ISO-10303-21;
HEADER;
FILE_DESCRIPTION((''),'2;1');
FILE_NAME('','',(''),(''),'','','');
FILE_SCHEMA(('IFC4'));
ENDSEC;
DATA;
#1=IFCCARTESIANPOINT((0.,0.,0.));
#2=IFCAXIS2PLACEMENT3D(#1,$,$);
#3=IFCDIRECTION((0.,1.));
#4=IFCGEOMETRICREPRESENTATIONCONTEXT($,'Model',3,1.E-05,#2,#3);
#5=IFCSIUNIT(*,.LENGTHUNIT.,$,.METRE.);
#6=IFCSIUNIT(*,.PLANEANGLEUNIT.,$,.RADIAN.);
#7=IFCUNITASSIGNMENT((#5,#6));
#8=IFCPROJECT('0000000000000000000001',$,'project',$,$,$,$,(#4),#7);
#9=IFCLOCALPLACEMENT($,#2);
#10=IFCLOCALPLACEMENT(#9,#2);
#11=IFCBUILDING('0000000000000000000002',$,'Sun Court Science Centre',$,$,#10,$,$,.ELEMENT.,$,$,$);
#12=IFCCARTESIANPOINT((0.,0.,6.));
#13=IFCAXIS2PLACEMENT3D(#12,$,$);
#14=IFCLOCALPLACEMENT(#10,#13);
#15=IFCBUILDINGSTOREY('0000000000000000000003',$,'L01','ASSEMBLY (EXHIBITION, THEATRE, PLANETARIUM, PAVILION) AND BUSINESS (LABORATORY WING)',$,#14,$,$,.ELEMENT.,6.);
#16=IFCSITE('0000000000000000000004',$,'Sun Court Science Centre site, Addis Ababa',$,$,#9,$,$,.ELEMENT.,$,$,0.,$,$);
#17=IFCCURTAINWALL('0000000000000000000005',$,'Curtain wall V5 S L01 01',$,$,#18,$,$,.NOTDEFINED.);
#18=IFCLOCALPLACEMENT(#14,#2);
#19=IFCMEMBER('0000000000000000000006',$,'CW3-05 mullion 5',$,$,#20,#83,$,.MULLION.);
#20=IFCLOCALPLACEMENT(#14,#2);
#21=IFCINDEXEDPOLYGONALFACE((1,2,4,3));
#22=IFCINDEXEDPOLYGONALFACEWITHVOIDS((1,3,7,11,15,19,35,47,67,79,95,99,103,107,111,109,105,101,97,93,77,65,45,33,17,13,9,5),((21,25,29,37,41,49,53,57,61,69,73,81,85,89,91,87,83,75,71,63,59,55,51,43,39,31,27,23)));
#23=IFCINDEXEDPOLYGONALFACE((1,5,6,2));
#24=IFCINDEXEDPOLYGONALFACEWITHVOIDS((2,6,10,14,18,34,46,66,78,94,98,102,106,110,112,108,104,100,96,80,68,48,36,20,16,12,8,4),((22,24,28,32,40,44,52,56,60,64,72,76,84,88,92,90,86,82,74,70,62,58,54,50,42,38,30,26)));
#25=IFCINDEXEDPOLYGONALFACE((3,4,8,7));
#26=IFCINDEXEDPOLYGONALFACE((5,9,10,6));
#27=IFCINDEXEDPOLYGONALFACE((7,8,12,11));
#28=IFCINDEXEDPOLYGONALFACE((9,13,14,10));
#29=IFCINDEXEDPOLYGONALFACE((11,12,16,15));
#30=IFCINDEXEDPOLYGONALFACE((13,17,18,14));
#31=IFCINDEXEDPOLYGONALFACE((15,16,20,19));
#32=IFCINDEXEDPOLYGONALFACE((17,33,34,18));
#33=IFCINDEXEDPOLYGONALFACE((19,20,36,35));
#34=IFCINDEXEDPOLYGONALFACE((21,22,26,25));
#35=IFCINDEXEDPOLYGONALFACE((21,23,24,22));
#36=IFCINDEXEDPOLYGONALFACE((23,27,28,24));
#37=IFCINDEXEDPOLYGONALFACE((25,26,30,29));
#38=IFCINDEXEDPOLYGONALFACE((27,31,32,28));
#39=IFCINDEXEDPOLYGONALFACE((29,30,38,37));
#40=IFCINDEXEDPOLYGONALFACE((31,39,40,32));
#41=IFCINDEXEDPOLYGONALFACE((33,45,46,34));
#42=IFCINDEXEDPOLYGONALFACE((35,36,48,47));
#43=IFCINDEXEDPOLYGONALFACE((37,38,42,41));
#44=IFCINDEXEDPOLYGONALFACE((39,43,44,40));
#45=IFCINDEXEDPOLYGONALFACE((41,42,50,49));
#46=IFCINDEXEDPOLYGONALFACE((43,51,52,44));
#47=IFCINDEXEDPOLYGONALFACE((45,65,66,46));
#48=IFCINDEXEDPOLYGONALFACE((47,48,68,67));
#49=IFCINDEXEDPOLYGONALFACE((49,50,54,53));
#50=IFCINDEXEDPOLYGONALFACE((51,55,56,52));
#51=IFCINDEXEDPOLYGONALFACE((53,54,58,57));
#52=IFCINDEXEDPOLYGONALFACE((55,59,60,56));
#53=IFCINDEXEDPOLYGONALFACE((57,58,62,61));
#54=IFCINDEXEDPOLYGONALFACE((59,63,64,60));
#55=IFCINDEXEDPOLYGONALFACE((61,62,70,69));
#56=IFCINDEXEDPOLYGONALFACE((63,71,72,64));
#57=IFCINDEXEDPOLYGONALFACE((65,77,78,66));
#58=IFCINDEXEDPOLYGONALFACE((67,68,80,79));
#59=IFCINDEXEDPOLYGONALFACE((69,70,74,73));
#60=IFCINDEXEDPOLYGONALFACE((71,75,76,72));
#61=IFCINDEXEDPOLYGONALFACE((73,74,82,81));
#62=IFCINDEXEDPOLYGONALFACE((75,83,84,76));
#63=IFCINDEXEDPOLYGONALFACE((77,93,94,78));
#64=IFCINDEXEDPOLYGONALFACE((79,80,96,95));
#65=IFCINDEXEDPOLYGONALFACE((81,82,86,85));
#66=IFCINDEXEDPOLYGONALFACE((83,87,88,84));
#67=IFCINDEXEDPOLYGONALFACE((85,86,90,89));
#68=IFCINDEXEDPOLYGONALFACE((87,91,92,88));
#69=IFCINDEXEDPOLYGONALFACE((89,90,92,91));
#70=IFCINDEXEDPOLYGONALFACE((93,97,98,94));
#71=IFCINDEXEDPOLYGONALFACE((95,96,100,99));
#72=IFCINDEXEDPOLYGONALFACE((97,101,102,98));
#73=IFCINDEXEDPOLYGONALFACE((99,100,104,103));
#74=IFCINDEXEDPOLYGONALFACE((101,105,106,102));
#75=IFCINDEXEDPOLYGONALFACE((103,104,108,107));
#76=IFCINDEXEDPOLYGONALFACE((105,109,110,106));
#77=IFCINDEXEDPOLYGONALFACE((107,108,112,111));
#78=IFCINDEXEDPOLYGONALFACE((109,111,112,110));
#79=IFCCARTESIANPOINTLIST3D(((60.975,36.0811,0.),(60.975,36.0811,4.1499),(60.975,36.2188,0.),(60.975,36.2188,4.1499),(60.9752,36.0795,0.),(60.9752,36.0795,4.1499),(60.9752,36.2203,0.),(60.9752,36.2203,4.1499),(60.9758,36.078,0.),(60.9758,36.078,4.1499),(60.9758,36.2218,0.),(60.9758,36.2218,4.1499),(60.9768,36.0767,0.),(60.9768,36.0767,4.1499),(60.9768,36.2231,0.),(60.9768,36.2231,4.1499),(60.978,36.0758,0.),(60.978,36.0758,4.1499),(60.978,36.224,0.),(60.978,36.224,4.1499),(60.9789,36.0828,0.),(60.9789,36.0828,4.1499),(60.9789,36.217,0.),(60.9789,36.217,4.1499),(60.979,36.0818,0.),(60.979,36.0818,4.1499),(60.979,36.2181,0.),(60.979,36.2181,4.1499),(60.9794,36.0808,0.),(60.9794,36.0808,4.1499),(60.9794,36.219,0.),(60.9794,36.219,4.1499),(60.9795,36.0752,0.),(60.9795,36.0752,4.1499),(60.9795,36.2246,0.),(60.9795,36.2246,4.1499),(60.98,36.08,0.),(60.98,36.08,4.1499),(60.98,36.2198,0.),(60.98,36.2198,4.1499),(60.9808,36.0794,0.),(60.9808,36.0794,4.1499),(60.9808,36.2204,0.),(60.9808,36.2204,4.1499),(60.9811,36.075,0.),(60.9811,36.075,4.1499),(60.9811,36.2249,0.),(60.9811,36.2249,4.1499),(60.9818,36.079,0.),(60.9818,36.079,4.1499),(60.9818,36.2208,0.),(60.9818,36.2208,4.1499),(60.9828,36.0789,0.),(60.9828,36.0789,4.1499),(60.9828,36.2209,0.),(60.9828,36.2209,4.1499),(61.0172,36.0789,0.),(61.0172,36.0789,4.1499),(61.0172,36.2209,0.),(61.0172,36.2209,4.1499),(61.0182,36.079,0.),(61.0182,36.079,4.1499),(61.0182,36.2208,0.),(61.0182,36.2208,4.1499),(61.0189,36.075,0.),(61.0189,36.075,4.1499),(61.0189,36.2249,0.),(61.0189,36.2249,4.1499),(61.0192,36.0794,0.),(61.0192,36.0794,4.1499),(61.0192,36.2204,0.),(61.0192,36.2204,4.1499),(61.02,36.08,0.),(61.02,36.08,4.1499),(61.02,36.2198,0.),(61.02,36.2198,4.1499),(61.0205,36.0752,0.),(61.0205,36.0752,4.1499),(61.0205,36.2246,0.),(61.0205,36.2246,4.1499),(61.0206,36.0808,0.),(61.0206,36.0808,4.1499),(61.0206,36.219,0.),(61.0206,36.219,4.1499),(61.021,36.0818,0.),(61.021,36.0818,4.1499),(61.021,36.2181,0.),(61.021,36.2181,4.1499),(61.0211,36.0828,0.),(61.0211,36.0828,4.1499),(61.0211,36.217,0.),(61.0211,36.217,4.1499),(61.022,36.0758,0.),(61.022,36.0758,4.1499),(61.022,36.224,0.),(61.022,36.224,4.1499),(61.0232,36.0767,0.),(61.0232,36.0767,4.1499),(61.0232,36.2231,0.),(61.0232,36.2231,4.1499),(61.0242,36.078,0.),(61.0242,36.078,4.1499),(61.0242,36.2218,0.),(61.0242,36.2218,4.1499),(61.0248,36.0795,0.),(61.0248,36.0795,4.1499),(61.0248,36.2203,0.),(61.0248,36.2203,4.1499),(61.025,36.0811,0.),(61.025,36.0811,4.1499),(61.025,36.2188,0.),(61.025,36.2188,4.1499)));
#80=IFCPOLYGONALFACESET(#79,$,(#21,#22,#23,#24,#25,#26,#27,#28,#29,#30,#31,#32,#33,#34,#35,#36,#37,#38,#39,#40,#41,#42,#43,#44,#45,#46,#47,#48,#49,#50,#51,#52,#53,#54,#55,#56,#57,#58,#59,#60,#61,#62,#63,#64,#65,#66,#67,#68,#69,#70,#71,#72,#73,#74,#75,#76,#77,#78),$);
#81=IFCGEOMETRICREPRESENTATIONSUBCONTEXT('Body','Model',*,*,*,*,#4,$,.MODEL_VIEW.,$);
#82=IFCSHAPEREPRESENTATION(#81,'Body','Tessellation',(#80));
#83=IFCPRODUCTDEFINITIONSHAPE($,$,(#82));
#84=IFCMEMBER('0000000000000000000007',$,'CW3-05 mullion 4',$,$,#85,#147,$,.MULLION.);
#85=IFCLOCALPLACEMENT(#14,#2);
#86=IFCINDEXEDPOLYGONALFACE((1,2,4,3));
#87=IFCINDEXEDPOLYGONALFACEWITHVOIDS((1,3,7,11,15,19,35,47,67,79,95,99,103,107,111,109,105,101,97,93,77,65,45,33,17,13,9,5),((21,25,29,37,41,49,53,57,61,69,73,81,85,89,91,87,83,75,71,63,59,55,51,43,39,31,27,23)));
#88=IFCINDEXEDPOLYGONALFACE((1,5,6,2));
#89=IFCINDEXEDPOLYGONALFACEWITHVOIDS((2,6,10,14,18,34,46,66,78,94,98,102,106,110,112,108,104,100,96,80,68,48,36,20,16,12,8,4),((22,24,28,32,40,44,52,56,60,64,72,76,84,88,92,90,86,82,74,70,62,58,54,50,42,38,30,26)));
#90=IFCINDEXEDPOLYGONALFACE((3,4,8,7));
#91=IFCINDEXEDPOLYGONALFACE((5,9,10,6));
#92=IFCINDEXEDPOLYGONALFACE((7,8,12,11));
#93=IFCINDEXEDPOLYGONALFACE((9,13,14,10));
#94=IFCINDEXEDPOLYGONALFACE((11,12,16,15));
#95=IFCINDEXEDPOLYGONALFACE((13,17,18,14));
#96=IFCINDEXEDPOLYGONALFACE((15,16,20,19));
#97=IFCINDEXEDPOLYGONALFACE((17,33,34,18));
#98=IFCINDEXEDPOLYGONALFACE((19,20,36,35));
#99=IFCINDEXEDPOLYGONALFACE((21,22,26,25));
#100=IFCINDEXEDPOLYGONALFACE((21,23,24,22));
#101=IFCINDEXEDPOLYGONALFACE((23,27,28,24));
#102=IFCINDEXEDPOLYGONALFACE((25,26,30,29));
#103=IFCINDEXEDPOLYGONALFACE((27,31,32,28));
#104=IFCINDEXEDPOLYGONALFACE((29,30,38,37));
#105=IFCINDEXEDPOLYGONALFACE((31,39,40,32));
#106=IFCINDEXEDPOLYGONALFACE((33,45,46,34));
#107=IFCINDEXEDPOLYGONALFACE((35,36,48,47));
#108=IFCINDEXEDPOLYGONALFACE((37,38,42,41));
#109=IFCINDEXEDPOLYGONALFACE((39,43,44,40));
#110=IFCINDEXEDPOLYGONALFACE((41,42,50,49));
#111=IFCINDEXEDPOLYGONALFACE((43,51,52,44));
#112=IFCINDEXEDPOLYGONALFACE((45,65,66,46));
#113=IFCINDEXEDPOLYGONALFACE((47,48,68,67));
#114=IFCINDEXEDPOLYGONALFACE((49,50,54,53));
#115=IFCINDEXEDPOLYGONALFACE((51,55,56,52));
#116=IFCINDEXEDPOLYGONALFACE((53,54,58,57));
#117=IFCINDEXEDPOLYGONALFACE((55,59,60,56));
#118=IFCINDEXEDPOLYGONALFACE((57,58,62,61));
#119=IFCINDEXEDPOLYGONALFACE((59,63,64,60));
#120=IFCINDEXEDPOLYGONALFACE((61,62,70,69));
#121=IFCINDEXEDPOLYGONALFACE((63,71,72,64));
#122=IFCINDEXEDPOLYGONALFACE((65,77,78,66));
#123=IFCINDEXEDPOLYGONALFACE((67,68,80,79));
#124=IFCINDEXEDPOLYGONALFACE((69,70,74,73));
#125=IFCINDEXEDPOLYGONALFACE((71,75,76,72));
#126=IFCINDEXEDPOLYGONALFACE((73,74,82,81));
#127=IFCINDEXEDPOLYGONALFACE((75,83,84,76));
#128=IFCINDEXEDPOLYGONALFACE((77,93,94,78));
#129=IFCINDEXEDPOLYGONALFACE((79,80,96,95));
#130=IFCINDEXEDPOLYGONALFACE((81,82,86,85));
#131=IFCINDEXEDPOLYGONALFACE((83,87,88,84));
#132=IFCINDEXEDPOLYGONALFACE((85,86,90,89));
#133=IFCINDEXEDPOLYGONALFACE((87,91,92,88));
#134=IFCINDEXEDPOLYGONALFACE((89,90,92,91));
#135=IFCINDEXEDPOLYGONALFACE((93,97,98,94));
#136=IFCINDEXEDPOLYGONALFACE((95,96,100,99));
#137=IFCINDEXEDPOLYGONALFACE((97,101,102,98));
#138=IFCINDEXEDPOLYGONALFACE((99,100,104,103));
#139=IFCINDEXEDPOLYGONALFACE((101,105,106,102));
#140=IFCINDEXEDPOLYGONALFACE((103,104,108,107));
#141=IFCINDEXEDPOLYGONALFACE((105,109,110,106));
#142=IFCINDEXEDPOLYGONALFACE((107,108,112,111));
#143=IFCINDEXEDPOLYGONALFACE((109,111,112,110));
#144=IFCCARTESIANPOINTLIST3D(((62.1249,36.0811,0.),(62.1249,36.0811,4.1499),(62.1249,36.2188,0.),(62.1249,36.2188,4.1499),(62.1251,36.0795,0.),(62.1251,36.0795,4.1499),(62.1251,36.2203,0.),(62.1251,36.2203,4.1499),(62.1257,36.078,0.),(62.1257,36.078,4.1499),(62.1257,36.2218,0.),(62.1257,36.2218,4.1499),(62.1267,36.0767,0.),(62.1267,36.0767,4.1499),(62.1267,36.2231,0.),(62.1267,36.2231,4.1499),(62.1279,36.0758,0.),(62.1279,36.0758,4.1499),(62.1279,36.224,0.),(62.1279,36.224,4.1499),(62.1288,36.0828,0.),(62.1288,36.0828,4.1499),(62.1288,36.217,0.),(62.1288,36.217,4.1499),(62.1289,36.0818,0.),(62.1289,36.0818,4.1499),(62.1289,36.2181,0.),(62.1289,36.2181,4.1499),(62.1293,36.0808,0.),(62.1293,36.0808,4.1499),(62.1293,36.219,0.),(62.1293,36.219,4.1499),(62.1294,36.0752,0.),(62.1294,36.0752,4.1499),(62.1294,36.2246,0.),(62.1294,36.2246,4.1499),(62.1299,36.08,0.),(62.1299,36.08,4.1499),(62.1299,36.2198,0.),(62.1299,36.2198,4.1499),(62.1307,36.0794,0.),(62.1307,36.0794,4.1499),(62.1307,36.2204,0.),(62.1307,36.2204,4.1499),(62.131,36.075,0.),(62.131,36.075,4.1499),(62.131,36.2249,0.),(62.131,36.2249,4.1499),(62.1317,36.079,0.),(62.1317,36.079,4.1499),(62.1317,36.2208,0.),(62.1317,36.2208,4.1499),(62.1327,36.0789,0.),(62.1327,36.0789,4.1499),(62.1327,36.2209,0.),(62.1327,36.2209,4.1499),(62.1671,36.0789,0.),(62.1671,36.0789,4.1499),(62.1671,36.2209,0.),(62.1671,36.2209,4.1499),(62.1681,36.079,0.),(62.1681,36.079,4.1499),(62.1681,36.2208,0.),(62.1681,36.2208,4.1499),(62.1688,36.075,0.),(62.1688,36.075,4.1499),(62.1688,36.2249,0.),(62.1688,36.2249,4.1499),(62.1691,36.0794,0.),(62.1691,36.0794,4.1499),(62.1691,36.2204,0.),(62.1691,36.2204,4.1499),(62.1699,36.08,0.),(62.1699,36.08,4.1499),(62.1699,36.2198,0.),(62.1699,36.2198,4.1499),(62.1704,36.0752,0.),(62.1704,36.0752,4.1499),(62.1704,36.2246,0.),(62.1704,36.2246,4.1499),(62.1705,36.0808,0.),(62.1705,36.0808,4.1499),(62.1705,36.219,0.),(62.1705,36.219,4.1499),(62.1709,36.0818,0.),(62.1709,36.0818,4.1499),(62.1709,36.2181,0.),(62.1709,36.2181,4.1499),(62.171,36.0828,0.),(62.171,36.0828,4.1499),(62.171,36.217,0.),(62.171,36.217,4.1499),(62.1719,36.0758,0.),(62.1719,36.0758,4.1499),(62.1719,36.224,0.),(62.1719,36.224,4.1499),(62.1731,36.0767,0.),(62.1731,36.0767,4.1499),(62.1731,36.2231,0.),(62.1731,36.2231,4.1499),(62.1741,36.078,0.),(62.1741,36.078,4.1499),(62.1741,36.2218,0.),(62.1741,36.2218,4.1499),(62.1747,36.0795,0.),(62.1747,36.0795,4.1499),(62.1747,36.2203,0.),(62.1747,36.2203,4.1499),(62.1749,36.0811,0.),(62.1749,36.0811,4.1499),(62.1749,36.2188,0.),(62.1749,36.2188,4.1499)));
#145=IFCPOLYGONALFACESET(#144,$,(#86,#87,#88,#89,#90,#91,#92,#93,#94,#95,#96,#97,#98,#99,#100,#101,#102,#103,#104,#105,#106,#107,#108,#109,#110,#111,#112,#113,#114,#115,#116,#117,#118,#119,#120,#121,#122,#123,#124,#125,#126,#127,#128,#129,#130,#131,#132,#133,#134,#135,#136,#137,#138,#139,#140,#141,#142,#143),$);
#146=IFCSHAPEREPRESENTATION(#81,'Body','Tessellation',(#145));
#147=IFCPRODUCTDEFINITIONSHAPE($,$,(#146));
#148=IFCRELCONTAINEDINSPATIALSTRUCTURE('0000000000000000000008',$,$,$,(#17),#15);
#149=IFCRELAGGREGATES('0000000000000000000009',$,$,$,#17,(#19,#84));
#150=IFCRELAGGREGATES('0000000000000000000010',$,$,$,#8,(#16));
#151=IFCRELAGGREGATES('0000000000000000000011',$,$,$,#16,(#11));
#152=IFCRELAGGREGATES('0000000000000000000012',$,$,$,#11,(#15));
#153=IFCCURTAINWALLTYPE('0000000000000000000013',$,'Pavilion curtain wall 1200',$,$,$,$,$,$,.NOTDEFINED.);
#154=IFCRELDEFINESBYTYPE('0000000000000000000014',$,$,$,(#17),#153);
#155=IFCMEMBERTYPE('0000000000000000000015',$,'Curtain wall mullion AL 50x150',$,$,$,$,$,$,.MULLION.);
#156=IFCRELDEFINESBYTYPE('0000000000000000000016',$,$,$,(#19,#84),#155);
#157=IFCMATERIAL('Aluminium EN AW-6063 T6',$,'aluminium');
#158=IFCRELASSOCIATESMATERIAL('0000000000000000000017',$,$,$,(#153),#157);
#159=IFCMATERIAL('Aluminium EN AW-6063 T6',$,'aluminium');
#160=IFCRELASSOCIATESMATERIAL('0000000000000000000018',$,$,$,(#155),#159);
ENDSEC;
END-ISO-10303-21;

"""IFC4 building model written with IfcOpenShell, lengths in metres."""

from ifc_helpers import new_model, si_unit, direction, frame, origin, origin_2d, place, context, subcontext, project, spatial, hollow_rectangle, extrude, material, material_profile, profile_set, type_object, element, aggregate, save


model = new_model("IFC4")

# Units and contexts
model_context = context("Model", 3, precision=1e-05, world=origin(), true_north=direction((0.0, 1.0)))
body_context = subcontext(model_context, "Body", "Model", "MODEL_VIEW")
ifc_project = project(units=[si_unit("LENGTHUNIT", "METRE"), si_unit("PLANEANGLEUNIT", "RADIAN")], contexts=[model_context])

# Site, building, storey
site_placement = place(None, origin())
site = spatial("IfcSite", under=ifc_project, at=site_placement, Name="Sun Court Science Centre site, Addis Ababa", CompositionType="ELEMENT", RefElevation=0.0)
building_placement = place(site_placement, origin())
building = spatial("IfcBuilding", under=site, at=building_placement, Name="Sun Court Science Centre", CompositionType="ELEMENT")
storey_placement = place(building_placement, frame((0.0, 0.0, 6.0)))
storey = spatial("IfcBuildingStorey", under=building, at=storey_placement, Name="L01", Description="ASSEMBLY (EXHIBITION, THEATRE, PLANETARIUM, PAVILION) AND BUSINESS (LABORATORY WING)", CompositionType="ELEMENT", Elevation=6.0)

# Curtain wall, members
ifc_material_1 = material(Name="Aluminium EN AW-6063 T6", Category="aluminium")
curtain_wall_type = type_object("IfcCurtainWallType", Name="Pavilion curtain wall 1200", PredefinedType="NOTDEFINED", material=ifc_material_1)
curtain_wall_1_placement = place(storey_placement, origin())
curtain_wall_1 = element("IfcCurtainWall", 1, at=curtain_wall_1_placement, inside=storey, type_object=curtain_wall_type, Name="Curtain wall V5 S L01 01", PredefinedType="NOTDEFINED")
ifc_material_2 = material(Name="Aluminium EN AW-6063 T6", Category="aluminium")
ifc_material_profile_1 = material_profile(ifc_material_2, hollow_rectangle(XDim=0.05, YDim=0.1499, WallThickness=0.0039, InnerFilletRadius=0.0039, OuterFilletRadius=0.0061, at=origin_2d()), Name="AL 50x150x4")
ifc_profile_set_1 = profile_set([ifc_material_profile_1], Name="Aluminium EN AW-6063 T6")
member_type_1 = type_object("IfcMemberType", Name="Curtain wall mullion AL 50x150", PredefinedType="MULLION", material=ifc_profile_set_1)
member_1_placement = place(storey_placement, frame((61.0, 36.1499, 0.0), z_axis=(0.0, 0.0, 1.0), x_axis=(-1.0, 0.0, 0.0)))
member_1 = element("IfcMember", 2, at=member_1_placement, type_object=member_type_1, Name="CW3-05 mullion 5", PredefinedType="MULLION", context=body_context, shape_type="SweptSolid", body=[
    extrude(hollow_rectangle(XDim=0.05, YDim=0.1499, WallThickness=0.0039, InnerFilletRadius=0.0039, OuterFilletRadius=0.0061, at=origin_2d()), origin(), (0.0, 0.0, 1.0), 4.1499),
])
member_2_placement = place(storey_placement, frame((62.1499, 36.1499, 0.0), z_axis=(0.0, 0.0, 1.0), x_axis=(-1.0, 0.0, 0.0)))
member_2 = element("IfcMember", 3, at=member_2_placement, type_object=member_type_1, Name="CW3-05 mullion 4", PredefinedType="MULLION", context=body_context, shape_type="SweptSolid", body=[
    extrude(hollow_rectangle(XDim=0.05, YDim=0.1499, WallThickness=0.0039, InnerFilletRadius=0.0039, OuterFilletRadius=0.0061, at=origin_2d()), origin(), (0.0, 0.0, 1.0), 4.1499),
])

aggregate(curtain_wall_1, [member_1, member_2])

save(model, "model.ifc")
